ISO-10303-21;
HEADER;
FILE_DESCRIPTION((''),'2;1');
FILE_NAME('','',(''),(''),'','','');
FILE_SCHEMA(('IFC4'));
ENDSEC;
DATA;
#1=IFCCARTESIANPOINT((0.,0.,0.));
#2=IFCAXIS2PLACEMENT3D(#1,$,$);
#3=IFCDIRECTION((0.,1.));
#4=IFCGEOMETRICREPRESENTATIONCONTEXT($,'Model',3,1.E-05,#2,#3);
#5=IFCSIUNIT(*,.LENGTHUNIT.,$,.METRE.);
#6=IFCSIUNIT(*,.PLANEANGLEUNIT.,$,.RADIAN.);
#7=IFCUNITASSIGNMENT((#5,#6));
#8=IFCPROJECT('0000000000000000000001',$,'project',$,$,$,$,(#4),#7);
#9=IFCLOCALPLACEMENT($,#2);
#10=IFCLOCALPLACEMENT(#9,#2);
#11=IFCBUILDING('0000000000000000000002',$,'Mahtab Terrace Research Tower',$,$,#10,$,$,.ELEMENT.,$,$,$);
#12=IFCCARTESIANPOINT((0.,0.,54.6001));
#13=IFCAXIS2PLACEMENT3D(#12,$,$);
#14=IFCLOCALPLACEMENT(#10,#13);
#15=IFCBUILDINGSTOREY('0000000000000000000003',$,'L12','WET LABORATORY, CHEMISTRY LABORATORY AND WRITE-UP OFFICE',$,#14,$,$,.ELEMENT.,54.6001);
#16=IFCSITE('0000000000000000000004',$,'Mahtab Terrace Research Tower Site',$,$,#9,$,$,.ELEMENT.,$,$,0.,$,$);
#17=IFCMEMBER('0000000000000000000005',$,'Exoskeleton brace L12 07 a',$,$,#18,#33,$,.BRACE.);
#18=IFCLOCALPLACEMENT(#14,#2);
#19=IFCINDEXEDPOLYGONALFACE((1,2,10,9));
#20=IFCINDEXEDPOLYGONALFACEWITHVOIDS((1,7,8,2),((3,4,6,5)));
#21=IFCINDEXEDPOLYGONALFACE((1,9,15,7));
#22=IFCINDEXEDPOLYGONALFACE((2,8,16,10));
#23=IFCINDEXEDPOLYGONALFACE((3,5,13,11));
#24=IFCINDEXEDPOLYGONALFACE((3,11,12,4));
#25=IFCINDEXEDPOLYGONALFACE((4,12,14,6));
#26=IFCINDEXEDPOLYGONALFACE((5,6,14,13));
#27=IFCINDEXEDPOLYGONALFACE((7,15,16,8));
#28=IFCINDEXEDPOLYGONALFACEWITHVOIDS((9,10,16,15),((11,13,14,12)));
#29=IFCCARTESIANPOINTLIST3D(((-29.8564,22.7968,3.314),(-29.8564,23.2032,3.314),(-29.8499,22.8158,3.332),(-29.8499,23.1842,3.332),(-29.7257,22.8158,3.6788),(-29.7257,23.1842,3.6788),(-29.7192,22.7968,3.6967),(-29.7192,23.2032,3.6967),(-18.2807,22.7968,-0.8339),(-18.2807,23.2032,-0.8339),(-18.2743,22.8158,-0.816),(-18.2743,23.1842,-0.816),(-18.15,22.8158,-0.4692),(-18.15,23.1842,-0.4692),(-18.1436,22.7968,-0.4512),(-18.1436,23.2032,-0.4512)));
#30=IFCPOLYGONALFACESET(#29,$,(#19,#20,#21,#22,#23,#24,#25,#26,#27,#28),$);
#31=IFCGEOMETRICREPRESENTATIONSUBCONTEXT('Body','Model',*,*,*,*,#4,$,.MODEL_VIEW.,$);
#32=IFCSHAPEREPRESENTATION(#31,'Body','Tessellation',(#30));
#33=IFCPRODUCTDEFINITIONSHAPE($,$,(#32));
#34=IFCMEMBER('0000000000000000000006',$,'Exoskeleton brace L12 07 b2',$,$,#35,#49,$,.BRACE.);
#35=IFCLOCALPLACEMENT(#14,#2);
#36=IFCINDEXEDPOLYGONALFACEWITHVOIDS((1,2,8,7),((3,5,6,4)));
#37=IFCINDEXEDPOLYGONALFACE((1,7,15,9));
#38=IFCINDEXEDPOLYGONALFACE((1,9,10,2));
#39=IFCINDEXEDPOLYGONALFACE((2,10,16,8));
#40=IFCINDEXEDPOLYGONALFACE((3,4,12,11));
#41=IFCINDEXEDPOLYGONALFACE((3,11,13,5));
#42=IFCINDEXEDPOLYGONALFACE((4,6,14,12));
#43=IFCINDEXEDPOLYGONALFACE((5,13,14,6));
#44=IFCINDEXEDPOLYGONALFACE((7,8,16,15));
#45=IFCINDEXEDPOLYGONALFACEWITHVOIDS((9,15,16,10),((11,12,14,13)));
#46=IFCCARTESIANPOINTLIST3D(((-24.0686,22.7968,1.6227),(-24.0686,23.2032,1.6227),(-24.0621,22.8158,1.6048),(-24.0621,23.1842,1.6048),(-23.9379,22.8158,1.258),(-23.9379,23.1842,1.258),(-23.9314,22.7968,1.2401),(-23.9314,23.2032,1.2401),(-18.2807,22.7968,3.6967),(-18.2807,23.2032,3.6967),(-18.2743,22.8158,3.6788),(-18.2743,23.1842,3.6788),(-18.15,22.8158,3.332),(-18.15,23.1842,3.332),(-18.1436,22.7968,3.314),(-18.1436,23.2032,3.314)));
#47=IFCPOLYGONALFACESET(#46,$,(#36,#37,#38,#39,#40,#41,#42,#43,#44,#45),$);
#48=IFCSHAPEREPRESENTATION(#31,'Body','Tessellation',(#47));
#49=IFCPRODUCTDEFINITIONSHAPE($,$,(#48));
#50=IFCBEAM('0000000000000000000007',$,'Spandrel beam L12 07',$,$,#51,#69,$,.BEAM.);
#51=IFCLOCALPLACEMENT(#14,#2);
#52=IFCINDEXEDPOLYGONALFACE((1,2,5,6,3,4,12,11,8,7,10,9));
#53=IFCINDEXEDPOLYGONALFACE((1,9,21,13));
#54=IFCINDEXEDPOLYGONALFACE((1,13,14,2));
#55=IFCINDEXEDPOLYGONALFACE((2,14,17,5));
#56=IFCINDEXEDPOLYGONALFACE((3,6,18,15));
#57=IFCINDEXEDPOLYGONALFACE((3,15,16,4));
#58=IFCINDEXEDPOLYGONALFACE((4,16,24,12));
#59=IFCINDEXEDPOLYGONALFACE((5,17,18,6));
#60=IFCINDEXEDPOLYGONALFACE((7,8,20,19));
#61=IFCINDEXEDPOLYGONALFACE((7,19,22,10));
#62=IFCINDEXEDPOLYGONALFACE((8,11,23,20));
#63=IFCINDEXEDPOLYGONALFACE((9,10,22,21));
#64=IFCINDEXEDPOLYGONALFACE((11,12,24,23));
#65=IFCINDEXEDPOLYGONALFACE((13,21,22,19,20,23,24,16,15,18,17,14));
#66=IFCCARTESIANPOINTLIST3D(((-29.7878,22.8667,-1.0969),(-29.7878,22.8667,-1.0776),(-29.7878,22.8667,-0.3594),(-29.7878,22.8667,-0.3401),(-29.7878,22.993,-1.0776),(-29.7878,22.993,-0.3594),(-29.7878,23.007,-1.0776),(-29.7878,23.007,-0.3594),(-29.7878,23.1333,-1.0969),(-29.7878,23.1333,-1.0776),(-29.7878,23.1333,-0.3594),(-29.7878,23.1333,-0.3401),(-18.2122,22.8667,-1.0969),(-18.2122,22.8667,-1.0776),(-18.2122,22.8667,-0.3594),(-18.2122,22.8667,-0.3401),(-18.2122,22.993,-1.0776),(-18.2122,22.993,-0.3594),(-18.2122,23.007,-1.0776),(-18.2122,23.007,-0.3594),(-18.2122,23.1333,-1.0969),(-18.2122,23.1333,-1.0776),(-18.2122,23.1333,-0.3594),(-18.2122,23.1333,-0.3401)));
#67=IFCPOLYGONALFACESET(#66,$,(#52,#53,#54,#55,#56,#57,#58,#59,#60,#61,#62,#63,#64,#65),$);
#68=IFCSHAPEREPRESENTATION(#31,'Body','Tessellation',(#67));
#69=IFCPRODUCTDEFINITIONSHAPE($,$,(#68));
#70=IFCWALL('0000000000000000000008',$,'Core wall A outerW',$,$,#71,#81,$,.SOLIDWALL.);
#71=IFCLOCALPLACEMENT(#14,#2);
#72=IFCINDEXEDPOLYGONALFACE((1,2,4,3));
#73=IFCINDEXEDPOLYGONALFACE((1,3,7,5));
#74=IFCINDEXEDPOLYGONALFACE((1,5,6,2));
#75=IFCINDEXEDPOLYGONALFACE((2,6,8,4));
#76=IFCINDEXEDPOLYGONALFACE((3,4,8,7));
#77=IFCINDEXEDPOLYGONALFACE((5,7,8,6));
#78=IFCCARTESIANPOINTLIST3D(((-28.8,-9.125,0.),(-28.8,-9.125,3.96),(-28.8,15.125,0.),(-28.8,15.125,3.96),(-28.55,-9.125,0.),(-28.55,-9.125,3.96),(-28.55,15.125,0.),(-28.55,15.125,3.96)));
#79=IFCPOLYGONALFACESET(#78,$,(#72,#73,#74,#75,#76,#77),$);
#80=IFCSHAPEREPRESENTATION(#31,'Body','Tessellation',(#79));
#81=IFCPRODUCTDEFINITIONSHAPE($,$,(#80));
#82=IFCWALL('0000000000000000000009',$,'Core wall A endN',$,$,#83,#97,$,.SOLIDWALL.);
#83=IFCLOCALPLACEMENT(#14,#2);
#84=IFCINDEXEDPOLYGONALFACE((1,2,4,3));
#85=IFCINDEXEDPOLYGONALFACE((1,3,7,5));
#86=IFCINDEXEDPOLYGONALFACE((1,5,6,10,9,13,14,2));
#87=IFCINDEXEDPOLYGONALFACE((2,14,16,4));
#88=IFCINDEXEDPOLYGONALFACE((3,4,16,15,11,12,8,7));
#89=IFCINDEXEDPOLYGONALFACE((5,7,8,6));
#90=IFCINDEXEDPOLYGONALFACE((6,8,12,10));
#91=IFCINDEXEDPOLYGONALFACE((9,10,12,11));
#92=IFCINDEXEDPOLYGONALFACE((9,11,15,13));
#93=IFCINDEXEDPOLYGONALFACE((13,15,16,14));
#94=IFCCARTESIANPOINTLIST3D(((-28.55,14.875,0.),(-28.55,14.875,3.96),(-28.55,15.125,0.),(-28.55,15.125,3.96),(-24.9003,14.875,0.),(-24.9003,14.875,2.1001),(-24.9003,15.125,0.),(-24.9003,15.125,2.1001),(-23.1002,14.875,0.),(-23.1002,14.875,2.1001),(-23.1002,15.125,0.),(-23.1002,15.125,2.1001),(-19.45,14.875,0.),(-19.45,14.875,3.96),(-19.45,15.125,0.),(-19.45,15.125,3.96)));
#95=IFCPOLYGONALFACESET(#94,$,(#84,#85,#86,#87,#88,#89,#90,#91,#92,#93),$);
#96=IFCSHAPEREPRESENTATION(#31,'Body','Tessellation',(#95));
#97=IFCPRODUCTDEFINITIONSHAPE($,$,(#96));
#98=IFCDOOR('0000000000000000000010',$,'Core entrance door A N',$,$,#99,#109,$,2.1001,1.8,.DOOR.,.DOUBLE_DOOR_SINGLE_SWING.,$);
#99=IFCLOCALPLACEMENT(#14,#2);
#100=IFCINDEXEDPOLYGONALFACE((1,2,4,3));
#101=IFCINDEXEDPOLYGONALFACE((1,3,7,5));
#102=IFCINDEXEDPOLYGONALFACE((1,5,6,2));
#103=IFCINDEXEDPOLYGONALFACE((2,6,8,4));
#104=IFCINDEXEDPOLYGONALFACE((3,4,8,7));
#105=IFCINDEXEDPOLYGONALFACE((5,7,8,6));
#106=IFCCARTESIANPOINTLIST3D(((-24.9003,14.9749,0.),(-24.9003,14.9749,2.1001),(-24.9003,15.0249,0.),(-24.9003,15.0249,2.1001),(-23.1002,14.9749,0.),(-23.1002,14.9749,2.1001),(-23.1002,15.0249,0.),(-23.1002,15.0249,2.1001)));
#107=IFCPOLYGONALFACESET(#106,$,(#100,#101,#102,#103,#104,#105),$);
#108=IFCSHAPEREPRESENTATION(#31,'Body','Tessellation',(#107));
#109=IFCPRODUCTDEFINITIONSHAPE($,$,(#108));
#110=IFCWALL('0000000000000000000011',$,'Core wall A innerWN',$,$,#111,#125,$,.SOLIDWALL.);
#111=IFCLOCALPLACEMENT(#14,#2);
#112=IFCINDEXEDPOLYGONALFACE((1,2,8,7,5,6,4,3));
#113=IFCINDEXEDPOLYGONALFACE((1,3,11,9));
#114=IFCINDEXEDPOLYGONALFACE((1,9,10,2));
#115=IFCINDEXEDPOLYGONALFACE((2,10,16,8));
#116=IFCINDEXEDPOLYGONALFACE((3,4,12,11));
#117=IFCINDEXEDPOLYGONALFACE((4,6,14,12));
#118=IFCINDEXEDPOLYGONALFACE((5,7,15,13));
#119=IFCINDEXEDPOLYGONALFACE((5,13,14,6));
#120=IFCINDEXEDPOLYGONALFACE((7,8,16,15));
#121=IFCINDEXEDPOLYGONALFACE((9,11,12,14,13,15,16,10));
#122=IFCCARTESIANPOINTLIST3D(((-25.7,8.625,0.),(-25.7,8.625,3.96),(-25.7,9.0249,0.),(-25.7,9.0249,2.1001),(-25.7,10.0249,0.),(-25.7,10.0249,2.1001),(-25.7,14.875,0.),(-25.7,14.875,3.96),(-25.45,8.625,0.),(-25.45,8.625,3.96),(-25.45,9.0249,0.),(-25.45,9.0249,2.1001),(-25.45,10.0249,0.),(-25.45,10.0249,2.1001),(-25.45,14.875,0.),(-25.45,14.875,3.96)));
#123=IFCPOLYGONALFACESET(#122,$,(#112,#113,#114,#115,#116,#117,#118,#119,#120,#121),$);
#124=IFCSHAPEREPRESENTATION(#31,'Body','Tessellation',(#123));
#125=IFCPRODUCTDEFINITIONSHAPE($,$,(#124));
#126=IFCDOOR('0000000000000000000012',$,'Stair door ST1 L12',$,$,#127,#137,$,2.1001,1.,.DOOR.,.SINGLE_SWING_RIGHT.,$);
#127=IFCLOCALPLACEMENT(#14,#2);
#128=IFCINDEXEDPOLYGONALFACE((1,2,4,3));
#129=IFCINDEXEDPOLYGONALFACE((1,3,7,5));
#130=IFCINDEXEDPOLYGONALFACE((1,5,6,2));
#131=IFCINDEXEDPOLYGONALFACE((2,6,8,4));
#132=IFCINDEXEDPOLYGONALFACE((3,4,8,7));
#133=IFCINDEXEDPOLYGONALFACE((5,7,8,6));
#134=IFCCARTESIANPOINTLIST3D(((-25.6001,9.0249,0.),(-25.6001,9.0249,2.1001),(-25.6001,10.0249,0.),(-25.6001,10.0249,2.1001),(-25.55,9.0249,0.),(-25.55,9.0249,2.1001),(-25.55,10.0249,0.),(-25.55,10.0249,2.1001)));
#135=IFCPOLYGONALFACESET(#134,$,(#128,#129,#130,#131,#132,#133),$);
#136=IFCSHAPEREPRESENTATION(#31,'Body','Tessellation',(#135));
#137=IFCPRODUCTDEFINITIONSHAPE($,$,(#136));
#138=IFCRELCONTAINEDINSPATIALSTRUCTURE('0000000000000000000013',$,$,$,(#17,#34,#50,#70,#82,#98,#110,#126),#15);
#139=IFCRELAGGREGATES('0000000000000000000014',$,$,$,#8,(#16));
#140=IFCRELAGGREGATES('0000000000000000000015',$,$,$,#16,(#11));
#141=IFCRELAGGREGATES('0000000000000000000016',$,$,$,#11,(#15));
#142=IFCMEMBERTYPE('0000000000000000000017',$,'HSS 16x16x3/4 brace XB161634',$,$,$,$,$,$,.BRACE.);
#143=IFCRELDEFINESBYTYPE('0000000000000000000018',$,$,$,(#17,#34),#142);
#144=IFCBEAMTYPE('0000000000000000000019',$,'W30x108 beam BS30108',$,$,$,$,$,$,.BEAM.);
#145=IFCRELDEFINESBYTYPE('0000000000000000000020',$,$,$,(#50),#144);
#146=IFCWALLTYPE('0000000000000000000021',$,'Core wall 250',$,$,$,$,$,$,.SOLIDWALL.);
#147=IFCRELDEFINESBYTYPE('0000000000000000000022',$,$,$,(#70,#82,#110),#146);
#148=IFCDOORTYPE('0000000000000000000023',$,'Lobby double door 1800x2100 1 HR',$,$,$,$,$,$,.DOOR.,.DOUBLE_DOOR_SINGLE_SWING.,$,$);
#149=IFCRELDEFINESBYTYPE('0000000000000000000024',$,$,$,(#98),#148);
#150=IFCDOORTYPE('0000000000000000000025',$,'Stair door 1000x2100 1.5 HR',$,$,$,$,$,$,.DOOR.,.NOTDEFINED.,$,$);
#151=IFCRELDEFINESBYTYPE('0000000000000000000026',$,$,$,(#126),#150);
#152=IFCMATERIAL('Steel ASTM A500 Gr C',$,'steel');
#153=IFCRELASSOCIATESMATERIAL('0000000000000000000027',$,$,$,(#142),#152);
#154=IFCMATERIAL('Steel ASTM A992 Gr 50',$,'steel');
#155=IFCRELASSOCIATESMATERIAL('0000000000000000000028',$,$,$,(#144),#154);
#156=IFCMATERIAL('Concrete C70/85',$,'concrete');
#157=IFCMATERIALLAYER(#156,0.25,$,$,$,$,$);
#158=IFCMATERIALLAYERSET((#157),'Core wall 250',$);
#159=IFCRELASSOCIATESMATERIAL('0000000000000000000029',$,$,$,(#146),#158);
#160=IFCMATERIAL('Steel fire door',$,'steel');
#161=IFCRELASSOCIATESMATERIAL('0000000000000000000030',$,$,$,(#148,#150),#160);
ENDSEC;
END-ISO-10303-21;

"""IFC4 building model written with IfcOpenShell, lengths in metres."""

from ifc_helpers import new_model, si_unit, direction, frame, frame_2d, origin, origin_2d, place, context, subcontext, project, spatial, rectangle, hollow_rectangle, i_section, extrude, material, layer, layer_set, material_profile, profile_set, type_object, element, fill, save


model = new_model("IFC4")

# Units and contexts
model_context = context("Model", 3, precision=1e-05, world=origin(), true_north=direction((0.0, 1.0)))
body_context = subcontext(model_context, "Body", "Model", "MODEL_VIEW")
ifc_project = project(units=[si_unit("LENGTHUNIT", "METRE"), si_unit("PLANEANGLEUNIT", "RADIAN")], contexts=[model_context])

# Site, building, storey
site_placement = place(None, origin())
site = spatial("IfcSite", under=ifc_project, at=site_placement, Name="Mahtab Terrace Research Tower Site", CompositionType="ELEMENT", RefElevation=0.0)
building_placement = place(site_placement, origin())
building = spatial("IfcBuilding", under=site, at=building_placement, Name="Mahtab Terrace Research Tower", CompositionType="ELEMENT")
storey_placement = place(building_placement, frame((0.0, 0.0, 54.6001)))
storey = spatial("IfcBuildingStorey", under=building, at=storey_placement, Name="L12", Description="WET LABORATORY, CHEMISTRY LABORATORY AND WRITE-UP OFFICE", CompositionType="ELEMENT", Elevation=54.6001)

# Members
ifc_material_1 = material(Name="Steel ASTM A500 Gr C", Category="steel")
ifc_material_profile_1 = material_profile(ifc_material_1, hollow_rectangle(XDim=0.4065, YDim=0.4065, WallThickness=0.019, at=origin_2d()), Name="HSS16X16X3/4")
ifc_profile_set_1 = profile_set([ifc_material_profile_1], Name="Steel ASTM A500 Gr C")
member_type = type_object("IfcMemberType", Name="HSS 16x16x3/4 brace XB161634", PredefinedType="BRACE", material=ifc_profile_set_1)
member_1_placement = place(storey_placement, frame((-18.2122, 23.0, -0.6426), z_axis=(-0.941387, 0.0, 0.33733), x_axis=(0.0, -1.0, 0.0)))
element("IfcMember", 1, at=member_1_placement, inside=storey, type_object=member_type, Name="Exoskeleton brace L12 07 a", PredefinedType="BRACE", context=body_context, shape_type="SweptSolid", body=[
    extrude(hollow_rectangle(XDim=0.4065, YDim=0.4065, WallThickness=0.019, at=origin_2d()), origin(), (0.0, 0.0, 1.0), 12.2964),
])
member_2_placement = place(storey_placement, frame((-24.0, 23.0, 1.4314), z_axis=(0.941387, 0.0, 0.33733), x_axis=(0.0, 1.0, 0.0)))
element("IfcMember", 2, at=member_2_placement, inside=storey, type_object=member_type, Name="Exoskeleton brace L12 07 b2", PredefinedType="BRACE", context=body_context, shape_type="SweptSolid", body=[
    extrude(hollow_rectangle(XDim=0.4065, YDim=0.4065, WallThickness=0.019, at=origin_2d()), origin(), (0.0, 0.0, 1.0), 6.1482),
])

# Beam
ifc_material_2 = material(Name="Steel ASTM A992 Gr 50", Category="steel")
ifc_material_profile_2 = material_profile(ifc_material_2, i_section(OverallWidth=0.2666, OverallDepth=0.7568, WebThickness=0.0139, FlangeThickness=0.0193, at=origin_2d()), Name="W30X108")
ifc_profile_set_2 = profile_set([ifc_material_profile_2], Name="Steel ASTM A992 Gr 50")
beam_type = type_object("IfcBeamType", Name="W30x108 beam BS30108", PredefinedType="BEAM", material=ifc_profile_set_2)
beam_placement = place(storey_placement, frame((-18.2122, 23.0, -0.7185), z_axis=(-1.0, 0.0, 0.0), x_axis=(0.0, -1.0, 0.0)))
element("IfcBeam", 3, at=beam_placement, inside=storey, type_object=beam_type, Name="Spandrel beam L12 07", PredefinedType="BEAM", context=body_context, shape_type="SweptSolid", body=[
    extrude(i_section(OverallWidth=0.2666, OverallDepth=0.7568, WebThickness=0.0139, FlangeThickness=0.0193, at=origin_2d()), origin(), (0.0, 0.0, 1.0), 11.5757),
])

# Wall
ifc_material_3 = material(Name="Concrete C70/85", Category="concrete")
ifc_layer_1 = layer(ifc_material_3, 0.25)
ifc_layer_set_1 = layer_set([ifc_layer_1], Name="Core wall 250")
wall_type_1 = type_object("IfcWallType", Name="Core wall 250", PredefinedType="SOLIDWALL", material=ifc_layer_set_1)
wall_1_placement = place(storey_placement, frame((-28.675, 15.125, 0.0), z_axis=(0.0, 0.0, 1.0), x_axis=(0.0, -1.0, 0.0)))
element("IfcWall", 4, at=wall_1_placement, inside=storey, type_object=wall_type_1, Name="Core wall A outerW", PredefinedType="SOLIDWALL", context=body_context, shape_type="SweptSolid", body=[
    extrude(rectangle(XDim=24.25, YDim=0.25, at=frame_2d((12.125, 0.0))), origin(), (0.0, 0.0, 1.0), 3.96),
])

# Walls, openings, doors
wall_2_placement = place(storey_placement, frame((-28.55, 15.0, 0.0), z_axis=(0.0, 0.0, 1.0), x_axis=(1.0, 0.0, 0.0)))
wall_2 = element("IfcWall", 5, at=wall_2_placement, inside=storey, type_object=wall_type_1, Name="Core wall A endN", PredefinedType="SOLIDWALL", context=body_context, shape_type="SweptSolid", body=[
    extrude(rectangle(XDim=9.1001, YDim=0.25, at=frame_2d((4.55, 0.0))), origin(), (0.0, 0.0, 1.0), 3.96),
])
opening_1_placement = place(wall_2_placement, frame((3.6499, 0.0, 0.0)))
opening_1 = element("IfcOpeningElement", 6, at=opening_1_placement, cuts=wall_2, PredefinedType="OPENING", context=body_context, shape_type="SweptSolid", body=[
    extrude(rectangle(XDim=1.8, YDim=2.1001, at=frame_2d((0.8999, 1.05))), frame((0.0, 0.135, 0.0), z_axis=(0.0, -1.0, 0.0), x_axis=(1.0, 0.0, 0.0)), (0.0, 0.0, 1.0), 0.27),
])
ifc_material_4 = material(Name="Steel fire door", Category="steel")
door_type_1 = type_object("IfcDoorType", Name="Lobby double door 1800x2100 1 HR", OperationType="DOUBLE_DOOR_SINGLE_SWING", PredefinedType="DOOR", material=ifc_material_4)
door_1_placement = place(opening_1_placement, origin())
door_1 = element("IfcDoor", 7, at=door_1_placement, inside=storey, type_object=door_type_1, Name="Core entrance door A N", OperationType="DOUBLE_DOOR_SINGLE_SWING", OverallHeight=2.1001, OverallWidth=1.8, PredefinedType="DOOR", context=body_context, shape_type="SweptSolid", body=[
    extrude(rectangle(XDim=1.8, YDim=2.1001, at=frame_2d((0.8999, 1.05))), frame((0.0, 0.0249, 0.0), z_axis=(0.0, -1.0, 0.0), x_axis=(1.0, 0.0, 0.0)), (0.0, 0.0, 1.0), 0.05),
])
fill(opening_1, door_1)
wall_3_placement = place(storey_placement, frame((-25.575, 14.875, 0.0), z_axis=(0.0, 0.0, 1.0), x_axis=(0.0, -1.0, 0.0)))
wall_3 = element("IfcWall", 8, at=wall_3_placement, inside=storey, type_object=wall_type_1, Name="Core wall A innerWN", PredefinedType="SOLIDWALL", context=body_context, shape_type="SweptSolid", body=[
    extrude(rectangle(XDim=6.25, YDim=0.25, at=frame_2d((3.125, 0.0))), origin(), (0.0, 0.0, 1.0), 3.96),
])
opening_2_placement = place(wall_3_placement, frame((4.8501, 0.0, 0.0)))
opening_2 = element("IfcOpeningElement", 9, at=opening_2_placement, cuts=wall_3, PredefinedType="OPENING", context=body_context, shape_type="SweptSolid", body=[
    extrude(rectangle(XDim=1.0, YDim=2.1001, at=frame_2d((0.5, 1.05))), frame((0.0, 0.135, 0.0), z_axis=(0.0, -1.0, 0.0), x_axis=(1.0, 0.0, 0.0)), (0.0, 0.0, 1.0), 0.27),
])
door_type_2 = type_object("IfcDoorType", Name="Stair door 1000x2100 1.5 HR", OperationType="NOTDEFINED", PredefinedType="DOOR", material=ifc_material_4)
door_2_placement = place(opening_2_placement, origin())
door_2 = element("IfcDoor", 10, at=door_2_placement, inside=storey, type_object=door_type_2, Name="Stair door ST1 L12", OperationType="SINGLE_SWING_RIGHT", OverallHeight=2.1001, OverallWidth=1.0, PredefinedType="DOOR", context=body_context, shape_type="SweptSolid", body=[
    extrude(rectangle(XDim=1.0, YDim=2.1001, at=frame_2d((0.5, 1.05))), frame((0.0, 0.0249, 0.0), z_axis=(0.0, -1.0, 0.0), x_axis=(1.0, 0.0, 0.0)), (0.0, 0.0, 1.0), 0.05),
])
fill(opening_2, door_2)

save(model, "model.ifc")
